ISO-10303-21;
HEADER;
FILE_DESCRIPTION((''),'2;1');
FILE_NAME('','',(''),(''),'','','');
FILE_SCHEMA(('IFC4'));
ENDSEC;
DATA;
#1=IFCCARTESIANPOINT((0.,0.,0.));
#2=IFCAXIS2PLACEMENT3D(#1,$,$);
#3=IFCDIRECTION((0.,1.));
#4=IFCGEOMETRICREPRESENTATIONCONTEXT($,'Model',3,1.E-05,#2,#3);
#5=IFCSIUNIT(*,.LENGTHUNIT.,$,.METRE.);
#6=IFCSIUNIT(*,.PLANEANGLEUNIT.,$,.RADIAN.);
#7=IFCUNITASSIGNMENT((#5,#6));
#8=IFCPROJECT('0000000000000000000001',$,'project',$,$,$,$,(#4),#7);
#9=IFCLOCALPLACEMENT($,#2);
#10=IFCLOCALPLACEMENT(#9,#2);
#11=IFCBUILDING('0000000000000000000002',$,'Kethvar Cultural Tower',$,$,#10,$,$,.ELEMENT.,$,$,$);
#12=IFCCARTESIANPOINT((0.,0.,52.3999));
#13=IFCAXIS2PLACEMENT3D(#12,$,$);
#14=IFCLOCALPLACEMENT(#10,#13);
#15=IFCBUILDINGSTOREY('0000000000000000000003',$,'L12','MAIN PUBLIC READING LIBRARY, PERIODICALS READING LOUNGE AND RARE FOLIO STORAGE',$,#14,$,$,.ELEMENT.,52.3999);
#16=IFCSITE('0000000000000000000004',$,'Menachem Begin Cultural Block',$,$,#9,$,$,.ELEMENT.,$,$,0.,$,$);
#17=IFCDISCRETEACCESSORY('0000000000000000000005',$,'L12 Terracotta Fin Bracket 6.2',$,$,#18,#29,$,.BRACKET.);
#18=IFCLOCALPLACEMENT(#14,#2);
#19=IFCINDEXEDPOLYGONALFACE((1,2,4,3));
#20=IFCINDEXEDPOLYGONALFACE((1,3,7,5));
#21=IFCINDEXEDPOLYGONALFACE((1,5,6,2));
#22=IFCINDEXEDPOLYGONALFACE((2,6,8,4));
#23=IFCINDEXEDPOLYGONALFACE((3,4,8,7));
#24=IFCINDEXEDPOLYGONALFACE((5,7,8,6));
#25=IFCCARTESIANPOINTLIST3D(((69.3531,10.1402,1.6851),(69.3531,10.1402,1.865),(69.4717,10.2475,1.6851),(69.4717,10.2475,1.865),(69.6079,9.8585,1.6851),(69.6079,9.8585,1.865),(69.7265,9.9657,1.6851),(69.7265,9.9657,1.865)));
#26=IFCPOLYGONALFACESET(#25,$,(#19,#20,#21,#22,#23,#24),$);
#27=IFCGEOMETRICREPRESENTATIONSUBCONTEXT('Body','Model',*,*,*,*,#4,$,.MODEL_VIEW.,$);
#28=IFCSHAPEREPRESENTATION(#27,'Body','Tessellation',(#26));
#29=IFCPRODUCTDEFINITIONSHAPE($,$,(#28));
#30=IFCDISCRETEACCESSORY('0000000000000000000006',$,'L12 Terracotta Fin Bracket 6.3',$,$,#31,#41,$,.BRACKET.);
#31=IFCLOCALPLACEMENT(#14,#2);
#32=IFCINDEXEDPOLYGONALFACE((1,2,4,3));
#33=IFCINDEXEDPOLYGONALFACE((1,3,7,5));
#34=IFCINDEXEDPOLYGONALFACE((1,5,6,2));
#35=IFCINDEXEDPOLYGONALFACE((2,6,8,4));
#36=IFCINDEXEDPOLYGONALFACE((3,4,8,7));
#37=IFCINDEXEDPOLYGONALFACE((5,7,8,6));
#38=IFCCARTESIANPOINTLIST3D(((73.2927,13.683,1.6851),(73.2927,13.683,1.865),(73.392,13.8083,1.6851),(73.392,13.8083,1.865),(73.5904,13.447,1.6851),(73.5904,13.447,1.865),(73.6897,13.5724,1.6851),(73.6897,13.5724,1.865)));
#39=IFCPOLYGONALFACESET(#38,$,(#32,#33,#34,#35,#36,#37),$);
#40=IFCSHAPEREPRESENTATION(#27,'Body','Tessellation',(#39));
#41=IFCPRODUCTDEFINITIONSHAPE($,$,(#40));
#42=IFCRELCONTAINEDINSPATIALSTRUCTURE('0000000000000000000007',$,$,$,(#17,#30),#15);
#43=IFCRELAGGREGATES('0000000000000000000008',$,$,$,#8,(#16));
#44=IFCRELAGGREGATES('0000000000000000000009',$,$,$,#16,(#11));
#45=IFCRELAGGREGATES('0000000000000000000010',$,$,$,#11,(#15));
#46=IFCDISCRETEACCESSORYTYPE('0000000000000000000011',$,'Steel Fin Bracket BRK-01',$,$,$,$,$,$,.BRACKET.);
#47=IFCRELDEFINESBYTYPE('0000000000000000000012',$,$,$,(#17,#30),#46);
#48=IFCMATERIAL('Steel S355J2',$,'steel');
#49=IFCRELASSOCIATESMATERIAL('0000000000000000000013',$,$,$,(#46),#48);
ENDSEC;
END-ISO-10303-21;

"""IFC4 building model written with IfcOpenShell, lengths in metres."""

from ifc_helpers import new_model, si_unit, direction, frame, origin, origin_2d, place, context, subcontext, project, spatial, rectangle, extrude, source, transform, mapped, material, type_object, element, save


model = new_model("IFC4")

# Units and contexts
model_context = context("Model", 3, precision=1e-05, world=origin(), true_north=direction((0.0, 1.0)))
body_context = subcontext(model_context, "Body", "Model", "MODEL_VIEW")
ifc_project = project(units=[si_unit("LENGTHUNIT", "METRE"), si_unit("PLANEANGLEUNIT", "RADIAN")], contexts=[model_context])

# Site, building, storey
site_placement = place(None, origin())
site = spatial("IfcSite", under=ifc_project, at=site_placement, Name="Menachem Begin Cultural Block", CompositionType="ELEMENT", RefElevation=0.0)
building_placement = place(site_placement, origin())
building = spatial("IfcBuilding", under=site, at=building_placement, Name="Kethvar Cultural Tower", CompositionType="ELEMENT")
storey_placement = place(building_placement, frame((0.0, 0.0, 52.3999)))
storey = spatial("IfcBuildingStorey", under=building, at=storey_placement, Name="L12", Description="MAIN PUBLIC READING LIBRARY, PERIODICALS READING LOUNGE AND RARE FOLIO STORAGE", CompositionType="ELEMENT", Elevation=52.3999)

# Shared definitions
ifc_material_1 = material(Name="Steel S355J2", Category="steel")

# Discrete accessories
discrete_accessory_type = type_object("IfcDiscreteAccessoryType", Name="Steel Fin Bracket BRK-01", PredefinedType="BRACKET", material=ifc_material_1)
shared_shape_1 = source(origin(), body_context, "Body", "SweptSolid", [
    extrude(rectangle(XDim=0.3799, YDim=0.1599, at=origin_2d()), origin(), (0.0, 0.0, 1.0), 0.1799),
])
for number, where, z_axis, x_axis, name in (
    (1, (69.5398, 10.053, 1.6851), (0.0, 0.0, 1.0), (0.670815, -0.741625, 0.0), "L12 Terracotta Fin Bracket 6.2"),
    (2, (73.4912, 13.6277, 1.6851), (0.0, 0.0, 1.0), (0.783693, -0.621148, 0.0), "L12 Terracotta Fin Bracket 6.3"),
):
    element("IfcDiscreteAccessory", number, at=place(storey_placement, frame(where, z_axis=z_axis, x_axis=x_axis)), inside=storey, type_object=discrete_accessory_type, Name=name, PredefinedType="BRACKET", context=body_context, shape_type="MappedRepresentation", body=[
        mapped(shared_shape_1, transform((0.0, 0.0, 0.0), scale=1.0)),
    ])

save(model, "model.ifc")
